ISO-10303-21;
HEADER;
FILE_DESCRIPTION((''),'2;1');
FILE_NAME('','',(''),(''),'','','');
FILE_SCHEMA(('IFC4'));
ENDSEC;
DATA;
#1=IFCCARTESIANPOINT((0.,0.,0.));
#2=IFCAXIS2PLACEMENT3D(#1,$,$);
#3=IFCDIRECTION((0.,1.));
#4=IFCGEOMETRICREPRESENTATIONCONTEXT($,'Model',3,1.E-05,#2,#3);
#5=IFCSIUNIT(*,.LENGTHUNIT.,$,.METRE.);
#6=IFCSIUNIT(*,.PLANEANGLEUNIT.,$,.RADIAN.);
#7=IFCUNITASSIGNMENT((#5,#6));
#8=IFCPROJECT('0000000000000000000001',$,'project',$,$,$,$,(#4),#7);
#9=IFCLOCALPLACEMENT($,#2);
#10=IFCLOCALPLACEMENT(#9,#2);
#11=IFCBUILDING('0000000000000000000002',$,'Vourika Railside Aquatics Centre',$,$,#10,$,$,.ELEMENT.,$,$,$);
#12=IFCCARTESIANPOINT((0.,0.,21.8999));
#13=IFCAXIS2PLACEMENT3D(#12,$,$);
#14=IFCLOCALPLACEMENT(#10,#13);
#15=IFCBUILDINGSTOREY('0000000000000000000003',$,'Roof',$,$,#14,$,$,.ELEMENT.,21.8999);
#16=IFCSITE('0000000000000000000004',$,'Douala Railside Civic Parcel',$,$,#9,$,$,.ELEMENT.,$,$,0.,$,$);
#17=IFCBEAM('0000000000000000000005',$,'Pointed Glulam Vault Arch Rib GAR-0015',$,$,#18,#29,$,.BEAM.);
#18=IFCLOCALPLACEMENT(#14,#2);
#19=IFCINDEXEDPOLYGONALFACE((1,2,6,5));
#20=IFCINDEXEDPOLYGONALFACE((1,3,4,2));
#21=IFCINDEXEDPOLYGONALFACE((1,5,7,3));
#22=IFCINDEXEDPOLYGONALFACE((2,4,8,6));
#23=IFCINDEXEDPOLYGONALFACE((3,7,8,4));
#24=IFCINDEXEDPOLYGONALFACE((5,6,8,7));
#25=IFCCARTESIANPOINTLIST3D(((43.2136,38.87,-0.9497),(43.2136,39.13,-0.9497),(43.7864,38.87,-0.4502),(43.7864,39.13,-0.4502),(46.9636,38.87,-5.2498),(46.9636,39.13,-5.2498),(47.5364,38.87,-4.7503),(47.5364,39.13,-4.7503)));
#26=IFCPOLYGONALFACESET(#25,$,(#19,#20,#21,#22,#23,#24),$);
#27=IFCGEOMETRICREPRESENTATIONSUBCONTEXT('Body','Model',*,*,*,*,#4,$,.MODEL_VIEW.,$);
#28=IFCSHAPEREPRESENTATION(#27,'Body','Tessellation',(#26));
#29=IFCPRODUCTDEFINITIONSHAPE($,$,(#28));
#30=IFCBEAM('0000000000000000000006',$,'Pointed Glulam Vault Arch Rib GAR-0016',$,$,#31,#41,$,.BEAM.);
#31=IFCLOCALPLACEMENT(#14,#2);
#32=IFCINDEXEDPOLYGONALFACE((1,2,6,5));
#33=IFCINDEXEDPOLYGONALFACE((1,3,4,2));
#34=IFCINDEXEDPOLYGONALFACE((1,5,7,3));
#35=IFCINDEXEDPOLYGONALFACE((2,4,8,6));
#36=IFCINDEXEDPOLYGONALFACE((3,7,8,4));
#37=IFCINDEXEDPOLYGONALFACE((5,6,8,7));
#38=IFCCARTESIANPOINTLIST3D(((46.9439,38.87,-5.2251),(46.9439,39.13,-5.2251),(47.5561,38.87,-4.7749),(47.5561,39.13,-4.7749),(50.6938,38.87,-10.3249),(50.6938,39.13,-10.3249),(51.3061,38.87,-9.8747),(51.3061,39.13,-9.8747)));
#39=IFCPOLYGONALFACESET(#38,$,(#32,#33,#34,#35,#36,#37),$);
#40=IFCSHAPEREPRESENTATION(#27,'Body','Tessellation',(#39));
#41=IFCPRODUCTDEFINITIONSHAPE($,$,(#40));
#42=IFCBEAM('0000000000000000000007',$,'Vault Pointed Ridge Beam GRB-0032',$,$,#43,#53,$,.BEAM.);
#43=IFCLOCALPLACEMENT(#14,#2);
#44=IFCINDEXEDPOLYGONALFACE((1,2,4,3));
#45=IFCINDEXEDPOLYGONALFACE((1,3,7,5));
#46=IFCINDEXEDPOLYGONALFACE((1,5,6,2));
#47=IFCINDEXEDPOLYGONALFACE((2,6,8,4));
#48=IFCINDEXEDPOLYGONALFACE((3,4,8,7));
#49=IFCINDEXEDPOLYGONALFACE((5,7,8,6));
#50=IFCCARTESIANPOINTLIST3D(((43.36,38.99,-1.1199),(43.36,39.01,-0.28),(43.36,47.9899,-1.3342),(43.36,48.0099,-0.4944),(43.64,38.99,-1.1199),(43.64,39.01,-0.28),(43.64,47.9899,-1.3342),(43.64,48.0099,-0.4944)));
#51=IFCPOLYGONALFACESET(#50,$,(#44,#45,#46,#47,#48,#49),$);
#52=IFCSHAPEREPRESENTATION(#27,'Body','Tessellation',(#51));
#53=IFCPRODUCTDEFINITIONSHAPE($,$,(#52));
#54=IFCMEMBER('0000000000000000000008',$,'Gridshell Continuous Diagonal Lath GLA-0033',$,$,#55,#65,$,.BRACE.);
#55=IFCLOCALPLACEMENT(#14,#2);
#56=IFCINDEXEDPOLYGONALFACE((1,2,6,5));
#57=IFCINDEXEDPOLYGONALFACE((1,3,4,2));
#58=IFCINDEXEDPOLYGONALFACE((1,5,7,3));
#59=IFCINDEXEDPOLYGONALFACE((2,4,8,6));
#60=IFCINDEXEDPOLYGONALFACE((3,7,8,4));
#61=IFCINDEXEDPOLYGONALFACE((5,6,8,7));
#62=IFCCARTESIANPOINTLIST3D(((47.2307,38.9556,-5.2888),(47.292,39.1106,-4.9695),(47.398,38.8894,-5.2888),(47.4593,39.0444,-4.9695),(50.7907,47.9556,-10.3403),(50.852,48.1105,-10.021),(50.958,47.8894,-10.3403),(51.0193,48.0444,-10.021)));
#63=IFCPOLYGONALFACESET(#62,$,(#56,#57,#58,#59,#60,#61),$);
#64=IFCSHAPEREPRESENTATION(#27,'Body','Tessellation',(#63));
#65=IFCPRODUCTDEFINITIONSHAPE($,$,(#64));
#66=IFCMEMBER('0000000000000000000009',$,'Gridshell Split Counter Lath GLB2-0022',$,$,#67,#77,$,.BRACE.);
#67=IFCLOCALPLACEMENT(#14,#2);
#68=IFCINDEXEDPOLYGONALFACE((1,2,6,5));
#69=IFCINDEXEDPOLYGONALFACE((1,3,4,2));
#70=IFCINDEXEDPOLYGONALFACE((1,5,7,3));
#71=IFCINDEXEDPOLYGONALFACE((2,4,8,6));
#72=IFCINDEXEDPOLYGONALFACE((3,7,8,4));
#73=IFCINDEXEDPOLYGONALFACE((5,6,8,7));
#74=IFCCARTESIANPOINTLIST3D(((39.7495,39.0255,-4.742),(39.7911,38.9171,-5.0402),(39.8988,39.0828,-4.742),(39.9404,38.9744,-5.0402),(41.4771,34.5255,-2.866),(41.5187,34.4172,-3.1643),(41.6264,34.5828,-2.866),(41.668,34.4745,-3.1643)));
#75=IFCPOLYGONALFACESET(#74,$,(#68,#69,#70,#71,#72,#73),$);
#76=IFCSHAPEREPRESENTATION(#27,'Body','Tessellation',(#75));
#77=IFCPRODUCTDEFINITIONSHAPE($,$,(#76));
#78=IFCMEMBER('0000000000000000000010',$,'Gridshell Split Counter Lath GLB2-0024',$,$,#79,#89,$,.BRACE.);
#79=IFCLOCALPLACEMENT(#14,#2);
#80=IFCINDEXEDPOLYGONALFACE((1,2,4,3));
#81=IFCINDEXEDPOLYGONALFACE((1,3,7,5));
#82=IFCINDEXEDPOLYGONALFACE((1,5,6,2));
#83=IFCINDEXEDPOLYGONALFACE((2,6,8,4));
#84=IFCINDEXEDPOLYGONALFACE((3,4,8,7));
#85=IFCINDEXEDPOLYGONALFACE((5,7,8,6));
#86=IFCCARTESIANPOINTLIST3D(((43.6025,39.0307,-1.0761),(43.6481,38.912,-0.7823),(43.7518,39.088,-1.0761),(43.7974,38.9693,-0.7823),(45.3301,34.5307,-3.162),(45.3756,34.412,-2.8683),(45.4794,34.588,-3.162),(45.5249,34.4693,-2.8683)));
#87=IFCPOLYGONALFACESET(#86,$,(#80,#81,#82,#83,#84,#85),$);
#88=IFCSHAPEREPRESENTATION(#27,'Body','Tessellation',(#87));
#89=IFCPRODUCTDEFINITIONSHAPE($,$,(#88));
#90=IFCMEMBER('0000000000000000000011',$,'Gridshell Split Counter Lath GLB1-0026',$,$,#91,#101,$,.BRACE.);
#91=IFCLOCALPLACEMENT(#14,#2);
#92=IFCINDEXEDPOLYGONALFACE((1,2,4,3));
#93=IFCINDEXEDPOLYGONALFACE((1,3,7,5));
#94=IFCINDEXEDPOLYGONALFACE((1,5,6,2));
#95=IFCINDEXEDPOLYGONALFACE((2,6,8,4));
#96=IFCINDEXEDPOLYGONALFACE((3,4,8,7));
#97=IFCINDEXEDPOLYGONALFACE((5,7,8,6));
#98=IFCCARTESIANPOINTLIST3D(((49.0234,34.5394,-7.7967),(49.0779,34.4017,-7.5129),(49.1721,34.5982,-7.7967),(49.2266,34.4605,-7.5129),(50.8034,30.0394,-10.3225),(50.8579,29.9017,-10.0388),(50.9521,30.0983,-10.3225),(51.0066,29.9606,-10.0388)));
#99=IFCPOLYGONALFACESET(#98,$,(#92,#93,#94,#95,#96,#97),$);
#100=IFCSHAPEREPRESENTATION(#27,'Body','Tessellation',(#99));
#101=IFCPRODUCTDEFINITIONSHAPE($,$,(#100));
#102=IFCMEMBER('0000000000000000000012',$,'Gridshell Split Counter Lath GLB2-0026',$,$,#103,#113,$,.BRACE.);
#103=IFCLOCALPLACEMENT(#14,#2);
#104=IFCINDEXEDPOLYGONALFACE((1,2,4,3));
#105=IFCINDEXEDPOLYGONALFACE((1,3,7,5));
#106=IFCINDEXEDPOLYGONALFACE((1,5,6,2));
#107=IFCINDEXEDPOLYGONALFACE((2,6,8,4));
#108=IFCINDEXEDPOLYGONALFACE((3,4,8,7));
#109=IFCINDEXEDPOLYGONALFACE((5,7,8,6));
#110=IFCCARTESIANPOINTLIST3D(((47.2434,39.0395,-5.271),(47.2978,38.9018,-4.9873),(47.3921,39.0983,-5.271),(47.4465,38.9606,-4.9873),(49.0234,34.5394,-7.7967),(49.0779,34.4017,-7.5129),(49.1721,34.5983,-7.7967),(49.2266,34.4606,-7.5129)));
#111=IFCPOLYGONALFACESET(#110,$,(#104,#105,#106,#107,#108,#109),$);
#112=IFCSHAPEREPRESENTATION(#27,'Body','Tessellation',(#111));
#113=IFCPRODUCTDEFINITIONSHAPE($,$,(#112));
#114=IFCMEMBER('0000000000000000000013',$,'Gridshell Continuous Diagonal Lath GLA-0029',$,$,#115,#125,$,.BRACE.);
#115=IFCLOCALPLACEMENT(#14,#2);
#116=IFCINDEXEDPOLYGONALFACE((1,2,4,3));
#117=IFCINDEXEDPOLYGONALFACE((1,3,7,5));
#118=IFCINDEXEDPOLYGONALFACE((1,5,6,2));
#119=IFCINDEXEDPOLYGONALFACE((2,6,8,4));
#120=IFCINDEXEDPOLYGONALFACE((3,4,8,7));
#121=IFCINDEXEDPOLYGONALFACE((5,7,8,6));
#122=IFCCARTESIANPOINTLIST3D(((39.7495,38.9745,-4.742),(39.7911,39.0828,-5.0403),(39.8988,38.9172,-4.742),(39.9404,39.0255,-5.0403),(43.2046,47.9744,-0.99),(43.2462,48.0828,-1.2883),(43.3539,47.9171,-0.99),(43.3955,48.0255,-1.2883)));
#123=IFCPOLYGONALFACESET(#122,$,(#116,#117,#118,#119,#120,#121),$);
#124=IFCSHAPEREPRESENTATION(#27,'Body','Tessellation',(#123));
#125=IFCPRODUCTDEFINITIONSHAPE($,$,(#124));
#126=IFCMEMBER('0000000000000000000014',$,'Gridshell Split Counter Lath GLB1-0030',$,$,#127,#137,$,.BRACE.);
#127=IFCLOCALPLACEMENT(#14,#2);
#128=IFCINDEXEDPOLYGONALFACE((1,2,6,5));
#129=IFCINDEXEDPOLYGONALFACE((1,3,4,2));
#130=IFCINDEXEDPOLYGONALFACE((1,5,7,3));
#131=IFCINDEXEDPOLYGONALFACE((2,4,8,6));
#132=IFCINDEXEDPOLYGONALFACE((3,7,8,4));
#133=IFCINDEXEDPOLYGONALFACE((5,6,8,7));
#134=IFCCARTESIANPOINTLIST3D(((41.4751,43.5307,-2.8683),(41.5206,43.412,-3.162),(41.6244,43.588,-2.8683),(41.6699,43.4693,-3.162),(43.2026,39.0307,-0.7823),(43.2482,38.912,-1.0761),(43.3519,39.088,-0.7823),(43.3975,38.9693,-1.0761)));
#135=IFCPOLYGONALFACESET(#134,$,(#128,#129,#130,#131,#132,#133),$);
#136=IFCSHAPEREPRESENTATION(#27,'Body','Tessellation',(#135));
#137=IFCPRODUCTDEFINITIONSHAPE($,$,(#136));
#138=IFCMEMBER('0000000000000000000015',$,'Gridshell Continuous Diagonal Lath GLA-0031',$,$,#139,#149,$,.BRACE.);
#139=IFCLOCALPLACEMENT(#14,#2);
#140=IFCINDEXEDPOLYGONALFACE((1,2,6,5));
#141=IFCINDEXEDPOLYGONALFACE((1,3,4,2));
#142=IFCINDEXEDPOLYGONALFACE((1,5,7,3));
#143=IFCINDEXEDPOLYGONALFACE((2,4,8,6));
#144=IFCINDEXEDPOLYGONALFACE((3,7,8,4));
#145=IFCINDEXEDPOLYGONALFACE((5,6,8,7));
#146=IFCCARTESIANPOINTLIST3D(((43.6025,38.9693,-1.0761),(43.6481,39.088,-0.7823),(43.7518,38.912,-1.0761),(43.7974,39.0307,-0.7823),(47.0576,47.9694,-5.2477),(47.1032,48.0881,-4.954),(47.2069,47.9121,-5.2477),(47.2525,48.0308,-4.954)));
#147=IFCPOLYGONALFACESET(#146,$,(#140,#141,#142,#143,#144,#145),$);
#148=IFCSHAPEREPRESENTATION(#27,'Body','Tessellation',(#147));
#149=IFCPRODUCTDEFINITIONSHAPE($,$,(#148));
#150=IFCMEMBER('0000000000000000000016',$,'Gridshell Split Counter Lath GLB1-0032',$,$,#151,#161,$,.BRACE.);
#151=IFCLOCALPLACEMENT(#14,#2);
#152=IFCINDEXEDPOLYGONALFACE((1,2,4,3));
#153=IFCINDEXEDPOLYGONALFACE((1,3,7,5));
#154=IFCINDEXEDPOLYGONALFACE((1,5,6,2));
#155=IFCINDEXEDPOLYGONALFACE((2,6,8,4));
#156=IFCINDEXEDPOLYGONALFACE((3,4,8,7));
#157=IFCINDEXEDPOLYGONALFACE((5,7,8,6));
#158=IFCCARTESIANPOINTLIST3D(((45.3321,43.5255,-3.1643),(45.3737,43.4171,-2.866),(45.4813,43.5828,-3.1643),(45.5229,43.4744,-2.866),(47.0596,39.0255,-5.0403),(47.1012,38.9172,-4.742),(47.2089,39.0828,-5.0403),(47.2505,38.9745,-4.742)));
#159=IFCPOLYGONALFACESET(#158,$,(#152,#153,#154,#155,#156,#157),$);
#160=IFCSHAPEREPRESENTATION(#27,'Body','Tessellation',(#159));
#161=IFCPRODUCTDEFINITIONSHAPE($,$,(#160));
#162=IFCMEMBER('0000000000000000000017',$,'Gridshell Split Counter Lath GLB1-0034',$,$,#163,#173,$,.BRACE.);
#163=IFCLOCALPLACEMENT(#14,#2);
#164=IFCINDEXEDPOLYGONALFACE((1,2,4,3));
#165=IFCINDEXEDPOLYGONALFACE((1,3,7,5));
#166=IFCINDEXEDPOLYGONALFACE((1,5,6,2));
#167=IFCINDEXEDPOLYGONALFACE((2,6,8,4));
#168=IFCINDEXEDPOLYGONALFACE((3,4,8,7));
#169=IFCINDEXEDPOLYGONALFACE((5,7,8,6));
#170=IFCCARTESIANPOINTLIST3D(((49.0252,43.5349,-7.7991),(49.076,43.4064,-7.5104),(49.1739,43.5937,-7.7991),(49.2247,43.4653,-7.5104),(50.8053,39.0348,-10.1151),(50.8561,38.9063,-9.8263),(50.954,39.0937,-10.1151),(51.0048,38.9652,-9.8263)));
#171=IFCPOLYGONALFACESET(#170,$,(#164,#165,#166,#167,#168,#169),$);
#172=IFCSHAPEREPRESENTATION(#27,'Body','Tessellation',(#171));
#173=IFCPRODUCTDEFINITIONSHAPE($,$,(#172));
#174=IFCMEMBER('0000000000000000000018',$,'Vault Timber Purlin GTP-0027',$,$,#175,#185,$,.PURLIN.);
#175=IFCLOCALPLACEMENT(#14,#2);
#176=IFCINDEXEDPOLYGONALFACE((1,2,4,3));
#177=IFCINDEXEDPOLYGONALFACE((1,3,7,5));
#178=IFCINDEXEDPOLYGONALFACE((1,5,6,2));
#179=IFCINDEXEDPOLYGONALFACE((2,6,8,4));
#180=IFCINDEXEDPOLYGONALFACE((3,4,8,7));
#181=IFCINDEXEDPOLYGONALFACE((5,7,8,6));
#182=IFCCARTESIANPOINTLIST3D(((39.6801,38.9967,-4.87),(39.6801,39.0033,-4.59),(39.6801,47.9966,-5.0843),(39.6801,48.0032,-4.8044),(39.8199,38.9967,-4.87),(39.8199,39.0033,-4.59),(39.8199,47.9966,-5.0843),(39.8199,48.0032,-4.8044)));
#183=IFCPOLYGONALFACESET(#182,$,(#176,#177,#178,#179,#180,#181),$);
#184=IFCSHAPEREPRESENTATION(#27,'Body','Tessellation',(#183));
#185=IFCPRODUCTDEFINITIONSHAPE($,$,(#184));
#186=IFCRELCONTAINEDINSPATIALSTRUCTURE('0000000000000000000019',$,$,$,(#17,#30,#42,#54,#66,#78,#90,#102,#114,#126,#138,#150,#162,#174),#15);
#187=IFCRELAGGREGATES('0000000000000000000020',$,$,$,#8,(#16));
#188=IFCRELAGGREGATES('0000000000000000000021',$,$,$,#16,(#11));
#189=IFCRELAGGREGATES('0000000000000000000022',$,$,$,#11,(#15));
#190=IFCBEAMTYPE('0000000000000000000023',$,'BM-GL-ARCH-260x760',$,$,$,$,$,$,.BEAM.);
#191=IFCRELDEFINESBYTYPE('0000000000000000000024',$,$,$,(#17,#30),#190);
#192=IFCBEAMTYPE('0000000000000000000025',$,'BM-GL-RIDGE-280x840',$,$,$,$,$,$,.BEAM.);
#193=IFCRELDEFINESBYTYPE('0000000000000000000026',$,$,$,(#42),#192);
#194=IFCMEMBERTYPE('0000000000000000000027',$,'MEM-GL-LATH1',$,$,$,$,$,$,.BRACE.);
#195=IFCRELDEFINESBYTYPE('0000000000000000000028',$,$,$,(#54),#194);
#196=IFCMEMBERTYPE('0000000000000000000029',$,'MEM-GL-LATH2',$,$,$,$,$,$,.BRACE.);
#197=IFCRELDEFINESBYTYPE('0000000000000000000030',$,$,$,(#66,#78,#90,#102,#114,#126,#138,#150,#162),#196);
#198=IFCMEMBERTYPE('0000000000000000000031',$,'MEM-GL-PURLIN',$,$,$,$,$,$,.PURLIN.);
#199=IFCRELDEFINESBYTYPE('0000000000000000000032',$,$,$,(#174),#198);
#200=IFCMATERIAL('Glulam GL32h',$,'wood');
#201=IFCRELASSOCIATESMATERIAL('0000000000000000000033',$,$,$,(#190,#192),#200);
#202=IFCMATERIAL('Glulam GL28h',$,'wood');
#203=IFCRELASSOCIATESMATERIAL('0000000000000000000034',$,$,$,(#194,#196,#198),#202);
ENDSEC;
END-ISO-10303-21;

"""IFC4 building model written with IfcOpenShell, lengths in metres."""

from ifc_helpers import new_model, si_unit, direction, frame, origin, origin_2d, place, context, subcontext, project, spatial, rectangle, extrude, material, material_profile, profile_set, type_object, element, save


model = new_model("IFC4")

# Units and contexts
model_context = context("Model", 3, precision=1e-05, world=origin(), true_north=direction((0.0, 1.0)))
body_context = subcontext(model_context, "Body", "Model", "MODEL_VIEW")
ifc_project = project(units=[si_unit("LENGTHUNIT", "METRE"), si_unit("PLANEANGLEUNIT", "RADIAN")], contexts=[model_context])

# Site, building, storey
site_placement = place(None, origin())
site = spatial("IfcSite", under=ifc_project, at=site_placement, Name="Douala Railside Civic Parcel", CompositionType="ELEMENT", RefElevation=0.0)
building_placement = place(site_placement, origin())
building = spatial("IfcBuilding", under=site, at=building_placement, Name="Vourika Railside Aquatics Centre", CompositionType="ELEMENT")
storey_placement = place(building_placement, frame((0.0, 0.0, 21.8999)))
storey = spatial("IfcBuildingStorey", under=building, at=storey_placement, Name="Roof", CompositionType="ELEMENT", Elevation=21.8999)

# Beams
ifc_material_1 = material(Name="Glulam GL32h", Category="wood")
ifc_material_profile_1 = material_profile(ifc_material_1, rectangle(XDim=0.26, YDim=0.76, at=origin_2d()), Name="GL32h 260x760")
ifc_profile_set_1 = profile_set([ifc_material_profile_1], Name="Glulam GL32h")
beam_type_1 = type_object("IfcBeamType", Name="BM-GL-ARCH-260x760", PredefinedType="BEAM", material=ifc_profile_set_1)
beam_1_placement = place(storey_placement, frame((43.5, 39.0, -0.7), z_axis=(0.657259, 0.0, -0.753665), x_axis=(0.0, 1.0, 0.0)))
element("IfcBeam", 1, at=beam_1_placement, inside=storey, type_object=beam_type_1, Name="Pointed Glulam Vault Arch Rib GAR-0015", PredefinedType="BEAM", context=body_context, shape_type="SweptSolid", body=[
    extrude(rectangle(XDim=0.26, YDim=0.76, at=origin_2d()), origin(), (0.0, 0.0, 1.0), 5.7056),
])
beam_2_placement = place(storey_placement, frame((47.25, 39.0, -5.0), z_axis=(0.592401, 0.0, -0.805643), x_axis=(0.0, 1.0, 0.0)))
element("IfcBeam", 2, at=beam_2_placement, inside=storey, type_object=beam_type_1, Name="Pointed Glulam Vault Arch Rib GAR-0016", PredefinedType="BEAM", context=body_context, shape_type="SweptSolid", body=[
    extrude(rectangle(XDim=0.26, YDim=0.76, at=origin_2d()), origin(), (0.0, 0.0, 1.0), 6.3301),
])
ifc_material_profile_2 = material_profile(ifc_material_1, rectangle(XDim=0.28, YDim=0.8401, at=origin_2d()), Name="GL32h 280x840")
ifc_profile_set_2 = profile_set([ifc_material_profile_2], Name="Glulam GL32h")
beam_type_2 = type_object("IfcBeamType", Name="BM-GL-RIDGE-280x840", PredefinedType="BEAM", material=ifc_profile_set_2)
beam_3_placement = place(storey_placement, frame((43.5, 39.0, -0.7), z_axis=(0.0, 0.999716, -0.023811), x_axis=(-1.0, 0.0, 0.0)))
element("IfcBeam", 3, at=beam_3_placement, inside=storey, type_object=beam_type_2, Name="Vault Pointed Ridge Beam GRB-0032", PredefinedType="BEAM", context=body_context, shape_type="SweptSolid", body=[
    extrude(rectangle(XDim=0.28, YDim=0.8401, at=origin_2d()), origin(), (0.0, 0.0, 1.0), 9.0024),
])

# Members
ifc_material_2 = material(Name="Glulam GL28h", Category="wood")
ifc_material_profile_3 = material_profile(ifc_material_2, rectangle(XDim=0.1799, YDim=0.3601, at=origin_2d()), Name="GL28h 180x360")
ifc_profile_set_3 = profile_set([ifc_material_profile_3], Name="Glulam GL28h")
member_type_1 = type_object("IfcMemberType", Name="MEM-GL-LATH1", PredefinedType="BRACE", material=ifc_profile_set_3)
member_1_placement = place(storey_placement, frame((47.345, 39.0, -5.1292), z_axis=(0.326087, 0.824365, -0.462699), x_axis=(-0.929893, 0.36783, 0.0)))
element("IfcMember", 4, at=member_1_placement, inside=storey, type_object=member_type_1, Name="Gridshell Continuous Diagonal Lath GLA-0033", PredefinedType="BRACE", context=body_context, shape_type="SweptSolid", body=[
    extrude(rectangle(XDim=0.1799, YDim=0.3601, at=origin_2d()), origin(), (0.0, 0.0, 1.0), 10.9175),
])
ifc_material_profile_4 = material_profile(ifc_material_2, rectangle(XDim=0.1599, YDim=0.3201, at=origin_2d()), Name="GL28h 160x320")
ifc_profile_set_4 = profile_set([ifc_material_profile_4], Name="Glulam GL28h")
member_type_2 = type_object("IfcMemberType", Name="MEM-GL-LATH2", PredefinedType="BRACE", material=ifc_profile_set_4)
member_2_placement = place(storey_placement, frame((41.5725, 34.5, -3.0151), z_axis=(-0.333992, 0.870003, -0.36269), x_axis=(-0.93357, -0.358395, 0.0)))
element("IfcMember", 5, at=member_2_placement, inside=storey, type_object=member_type_2, Name="Gridshell Split Counter Lath GLB2-0022", PredefinedType="BRACE", context=body_context, shape_type="SweptSolid", body=[
    extrude(rectangle(XDim=0.1599, YDim=0.3201, at=origin_2d()), origin(), (0.0, 0.0, 1.0), 5.1724),
])
member_3_placement = place(storey_placement, frame((45.4275, 34.5, -3.0151), z_axis=(-0.328918, 0.856785, 0.397156), x_axis=(-0.93357, -0.358395, 0.0)))
element("IfcMember", 6, at=member_3_placement, inside=storey, type_object=member_type_2, Name="Gridshell Split Counter Lath GLB2-0024", PredefinedType="BRACE", context=body_context, shape_type="SweptSolid", body=[
    extrude(rectangle(XDim=0.1599, YDim=0.3201, at=origin_2d()), origin(), (0.0, 0.0, 1.0), 5.2522),
])
for number, where, z_axis, x_axis, name in (
    (7, (50.905, 30.0, -10.1807), (-0.326084, 0.824356, 0.462716), (-0.929893, -0.36783, 0.0), "Gridshell Split Counter Lath GLB1-0026"),
    (8, (49.125, 34.5, -7.6548), (-0.326091, 0.824373, 0.462681), (-0.929893, -0.36783, 0.0), "Gridshell Split Counter Lath GLB2-0026"),
):
    element("IfcMember", number, at=place(storey_placement, frame(where, z_axis=z_axis, x_axis=x_axis)), inside=storey, type_object=member_type_2, Name=name, PredefinedType="BRACE", context=body_context, shape_type="SweptSolid", body=[
        extrude(rectangle(XDim=0.1599, YDim=0.3201, at=origin_2d()), origin(), (0.0, 0.0, 1.0), 5.4587),
    ])
member_4_placement = place(storey_placement, frame((39.845, 39.0, -4.8911), z_axis=(0.333992, 0.870003, 0.36269), x_axis=(-0.93357, 0.358395, 0.0)))
element("IfcMember", 9, at=member_4_placement, inside=storey, type_object=member_type_2, Name="Gridshell Continuous Diagonal Lath GLA-0029", PredefinedType="BRACE", context=body_context, shape_type="SweptSolid", body=[
    extrude(rectangle(XDim=0.1599, YDim=0.3201, at=origin_2d()), origin(), (0.0, 0.0, 1.0), 10.3447),
])
member_5_placement = place(storey_placement, frame((43.3, 39.0, -0.9292), z_axis=(-0.328918, 0.856785, -0.397156), x_axis=(-0.93357, -0.358395, 0.0)))
element("IfcMember", 10, at=member_5_placement, inside=storey, type_object=member_type_2, Name="Gridshell Split Counter Lath GLB1-0030", PredefinedType="BRACE", context=body_context, shape_type="SweptSolid", body=[
    extrude(rectangle(XDim=0.1599, YDim=0.3201, at=origin_2d()), origin(), (0.0, 0.0, 1.0), 5.2522),
])
member_6_placement = place(storey_placement, frame((43.7, 39.0, -0.9292), z_axis=(0.328921, 0.856793, -0.397136), x_axis=(-0.93357, 0.358395, 0.0)))
element("IfcMember", 11, at=member_6_placement, inside=storey, type_object=member_type_2, Name="Gridshell Continuous Diagonal Lath GLA-0031", PredefinedType="BRACE", context=body_context, shape_type="SweptSolid", body=[
    extrude(rectangle(XDim=0.1599, YDim=0.3201, at=origin_2d()), origin(), (0.0, 0.0, 1.0), 10.5044),
])
member_7_placement = place(storey_placement, frame((47.155, 39.0, -4.8911), z_axis=(-0.333992, 0.870003, 0.36269), x_axis=(-0.93357, -0.358395, 0.0)))
element("IfcMember", 12, at=member_7_placement, inside=storey, type_object=member_type_2, Name="Gridshell Split Counter Lath GLB1-0032", PredefinedType="BRACE", context=body_context, shape_type="SweptSolid", body=[
    extrude(rectangle(XDim=0.1599, YDim=0.3201, at=origin_2d()), origin(), (0.0, 0.0, 1.0), 5.1724),
])
member_8_placement = place(storey_placement, frame((50.905, 39.0, -9.9707), z_axis=(-0.331793, 0.838788, 0.431681), x_axis=(-0.929893, -0.36783, 0.0)))
element("IfcMember", 13, at=member_8_placement, inside=storey, type_object=member_type_2, Name="Gridshell Split Counter Lath GLB1-0034", PredefinedType="BRACE", context=body_context, shape_type="SweptSolid", body=[
    extrude(rectangle(XDim=0.1599, YDim=0.3201, at=origin_2d()), origin(), (0.0, 0.0, 1.0), 5.365),
])
ifc_material_profile_5 = material_profile(ifc_material_2, rectangle(XDim=0.1399, YDim=0.28, at=origin_2d()), Name="GL28h 140x280")
ifc_profile_set_5 = profile_set([ifc_material_profile_5], Name="Glulam GL28h")
member_type_3 = type_object("IfcMemberType", Name="MEM-GL-PURLIN", PredefinedType="PURLIN", material=ifc_profile_set_5)
for number, where, z_axis, x_axis, name in (
    (14, (39.75, 39.0, -4.73), (0.0, 0.999716, -0.023811), (-1.0, 0.0, 0.0), "Vault Timber Purlin GTP-0027"),
):
    element("IfcMember", number, at=place(storey_placement, frame(where, z_axis=z_axis, x_axis=x_axis)), inside=storey, type_object=member_type_3, Name=name, PredefinedType="PURLIN", context=body_context, shape_type="SweptSolid", body=[
        extrude(rectangle(XDim=0.1399, YDim=0.28, at=origin_2d()), origin(), (0.0, 0.0, 1.0), 9.0024),
    ])

save(model, "model.ifc")
